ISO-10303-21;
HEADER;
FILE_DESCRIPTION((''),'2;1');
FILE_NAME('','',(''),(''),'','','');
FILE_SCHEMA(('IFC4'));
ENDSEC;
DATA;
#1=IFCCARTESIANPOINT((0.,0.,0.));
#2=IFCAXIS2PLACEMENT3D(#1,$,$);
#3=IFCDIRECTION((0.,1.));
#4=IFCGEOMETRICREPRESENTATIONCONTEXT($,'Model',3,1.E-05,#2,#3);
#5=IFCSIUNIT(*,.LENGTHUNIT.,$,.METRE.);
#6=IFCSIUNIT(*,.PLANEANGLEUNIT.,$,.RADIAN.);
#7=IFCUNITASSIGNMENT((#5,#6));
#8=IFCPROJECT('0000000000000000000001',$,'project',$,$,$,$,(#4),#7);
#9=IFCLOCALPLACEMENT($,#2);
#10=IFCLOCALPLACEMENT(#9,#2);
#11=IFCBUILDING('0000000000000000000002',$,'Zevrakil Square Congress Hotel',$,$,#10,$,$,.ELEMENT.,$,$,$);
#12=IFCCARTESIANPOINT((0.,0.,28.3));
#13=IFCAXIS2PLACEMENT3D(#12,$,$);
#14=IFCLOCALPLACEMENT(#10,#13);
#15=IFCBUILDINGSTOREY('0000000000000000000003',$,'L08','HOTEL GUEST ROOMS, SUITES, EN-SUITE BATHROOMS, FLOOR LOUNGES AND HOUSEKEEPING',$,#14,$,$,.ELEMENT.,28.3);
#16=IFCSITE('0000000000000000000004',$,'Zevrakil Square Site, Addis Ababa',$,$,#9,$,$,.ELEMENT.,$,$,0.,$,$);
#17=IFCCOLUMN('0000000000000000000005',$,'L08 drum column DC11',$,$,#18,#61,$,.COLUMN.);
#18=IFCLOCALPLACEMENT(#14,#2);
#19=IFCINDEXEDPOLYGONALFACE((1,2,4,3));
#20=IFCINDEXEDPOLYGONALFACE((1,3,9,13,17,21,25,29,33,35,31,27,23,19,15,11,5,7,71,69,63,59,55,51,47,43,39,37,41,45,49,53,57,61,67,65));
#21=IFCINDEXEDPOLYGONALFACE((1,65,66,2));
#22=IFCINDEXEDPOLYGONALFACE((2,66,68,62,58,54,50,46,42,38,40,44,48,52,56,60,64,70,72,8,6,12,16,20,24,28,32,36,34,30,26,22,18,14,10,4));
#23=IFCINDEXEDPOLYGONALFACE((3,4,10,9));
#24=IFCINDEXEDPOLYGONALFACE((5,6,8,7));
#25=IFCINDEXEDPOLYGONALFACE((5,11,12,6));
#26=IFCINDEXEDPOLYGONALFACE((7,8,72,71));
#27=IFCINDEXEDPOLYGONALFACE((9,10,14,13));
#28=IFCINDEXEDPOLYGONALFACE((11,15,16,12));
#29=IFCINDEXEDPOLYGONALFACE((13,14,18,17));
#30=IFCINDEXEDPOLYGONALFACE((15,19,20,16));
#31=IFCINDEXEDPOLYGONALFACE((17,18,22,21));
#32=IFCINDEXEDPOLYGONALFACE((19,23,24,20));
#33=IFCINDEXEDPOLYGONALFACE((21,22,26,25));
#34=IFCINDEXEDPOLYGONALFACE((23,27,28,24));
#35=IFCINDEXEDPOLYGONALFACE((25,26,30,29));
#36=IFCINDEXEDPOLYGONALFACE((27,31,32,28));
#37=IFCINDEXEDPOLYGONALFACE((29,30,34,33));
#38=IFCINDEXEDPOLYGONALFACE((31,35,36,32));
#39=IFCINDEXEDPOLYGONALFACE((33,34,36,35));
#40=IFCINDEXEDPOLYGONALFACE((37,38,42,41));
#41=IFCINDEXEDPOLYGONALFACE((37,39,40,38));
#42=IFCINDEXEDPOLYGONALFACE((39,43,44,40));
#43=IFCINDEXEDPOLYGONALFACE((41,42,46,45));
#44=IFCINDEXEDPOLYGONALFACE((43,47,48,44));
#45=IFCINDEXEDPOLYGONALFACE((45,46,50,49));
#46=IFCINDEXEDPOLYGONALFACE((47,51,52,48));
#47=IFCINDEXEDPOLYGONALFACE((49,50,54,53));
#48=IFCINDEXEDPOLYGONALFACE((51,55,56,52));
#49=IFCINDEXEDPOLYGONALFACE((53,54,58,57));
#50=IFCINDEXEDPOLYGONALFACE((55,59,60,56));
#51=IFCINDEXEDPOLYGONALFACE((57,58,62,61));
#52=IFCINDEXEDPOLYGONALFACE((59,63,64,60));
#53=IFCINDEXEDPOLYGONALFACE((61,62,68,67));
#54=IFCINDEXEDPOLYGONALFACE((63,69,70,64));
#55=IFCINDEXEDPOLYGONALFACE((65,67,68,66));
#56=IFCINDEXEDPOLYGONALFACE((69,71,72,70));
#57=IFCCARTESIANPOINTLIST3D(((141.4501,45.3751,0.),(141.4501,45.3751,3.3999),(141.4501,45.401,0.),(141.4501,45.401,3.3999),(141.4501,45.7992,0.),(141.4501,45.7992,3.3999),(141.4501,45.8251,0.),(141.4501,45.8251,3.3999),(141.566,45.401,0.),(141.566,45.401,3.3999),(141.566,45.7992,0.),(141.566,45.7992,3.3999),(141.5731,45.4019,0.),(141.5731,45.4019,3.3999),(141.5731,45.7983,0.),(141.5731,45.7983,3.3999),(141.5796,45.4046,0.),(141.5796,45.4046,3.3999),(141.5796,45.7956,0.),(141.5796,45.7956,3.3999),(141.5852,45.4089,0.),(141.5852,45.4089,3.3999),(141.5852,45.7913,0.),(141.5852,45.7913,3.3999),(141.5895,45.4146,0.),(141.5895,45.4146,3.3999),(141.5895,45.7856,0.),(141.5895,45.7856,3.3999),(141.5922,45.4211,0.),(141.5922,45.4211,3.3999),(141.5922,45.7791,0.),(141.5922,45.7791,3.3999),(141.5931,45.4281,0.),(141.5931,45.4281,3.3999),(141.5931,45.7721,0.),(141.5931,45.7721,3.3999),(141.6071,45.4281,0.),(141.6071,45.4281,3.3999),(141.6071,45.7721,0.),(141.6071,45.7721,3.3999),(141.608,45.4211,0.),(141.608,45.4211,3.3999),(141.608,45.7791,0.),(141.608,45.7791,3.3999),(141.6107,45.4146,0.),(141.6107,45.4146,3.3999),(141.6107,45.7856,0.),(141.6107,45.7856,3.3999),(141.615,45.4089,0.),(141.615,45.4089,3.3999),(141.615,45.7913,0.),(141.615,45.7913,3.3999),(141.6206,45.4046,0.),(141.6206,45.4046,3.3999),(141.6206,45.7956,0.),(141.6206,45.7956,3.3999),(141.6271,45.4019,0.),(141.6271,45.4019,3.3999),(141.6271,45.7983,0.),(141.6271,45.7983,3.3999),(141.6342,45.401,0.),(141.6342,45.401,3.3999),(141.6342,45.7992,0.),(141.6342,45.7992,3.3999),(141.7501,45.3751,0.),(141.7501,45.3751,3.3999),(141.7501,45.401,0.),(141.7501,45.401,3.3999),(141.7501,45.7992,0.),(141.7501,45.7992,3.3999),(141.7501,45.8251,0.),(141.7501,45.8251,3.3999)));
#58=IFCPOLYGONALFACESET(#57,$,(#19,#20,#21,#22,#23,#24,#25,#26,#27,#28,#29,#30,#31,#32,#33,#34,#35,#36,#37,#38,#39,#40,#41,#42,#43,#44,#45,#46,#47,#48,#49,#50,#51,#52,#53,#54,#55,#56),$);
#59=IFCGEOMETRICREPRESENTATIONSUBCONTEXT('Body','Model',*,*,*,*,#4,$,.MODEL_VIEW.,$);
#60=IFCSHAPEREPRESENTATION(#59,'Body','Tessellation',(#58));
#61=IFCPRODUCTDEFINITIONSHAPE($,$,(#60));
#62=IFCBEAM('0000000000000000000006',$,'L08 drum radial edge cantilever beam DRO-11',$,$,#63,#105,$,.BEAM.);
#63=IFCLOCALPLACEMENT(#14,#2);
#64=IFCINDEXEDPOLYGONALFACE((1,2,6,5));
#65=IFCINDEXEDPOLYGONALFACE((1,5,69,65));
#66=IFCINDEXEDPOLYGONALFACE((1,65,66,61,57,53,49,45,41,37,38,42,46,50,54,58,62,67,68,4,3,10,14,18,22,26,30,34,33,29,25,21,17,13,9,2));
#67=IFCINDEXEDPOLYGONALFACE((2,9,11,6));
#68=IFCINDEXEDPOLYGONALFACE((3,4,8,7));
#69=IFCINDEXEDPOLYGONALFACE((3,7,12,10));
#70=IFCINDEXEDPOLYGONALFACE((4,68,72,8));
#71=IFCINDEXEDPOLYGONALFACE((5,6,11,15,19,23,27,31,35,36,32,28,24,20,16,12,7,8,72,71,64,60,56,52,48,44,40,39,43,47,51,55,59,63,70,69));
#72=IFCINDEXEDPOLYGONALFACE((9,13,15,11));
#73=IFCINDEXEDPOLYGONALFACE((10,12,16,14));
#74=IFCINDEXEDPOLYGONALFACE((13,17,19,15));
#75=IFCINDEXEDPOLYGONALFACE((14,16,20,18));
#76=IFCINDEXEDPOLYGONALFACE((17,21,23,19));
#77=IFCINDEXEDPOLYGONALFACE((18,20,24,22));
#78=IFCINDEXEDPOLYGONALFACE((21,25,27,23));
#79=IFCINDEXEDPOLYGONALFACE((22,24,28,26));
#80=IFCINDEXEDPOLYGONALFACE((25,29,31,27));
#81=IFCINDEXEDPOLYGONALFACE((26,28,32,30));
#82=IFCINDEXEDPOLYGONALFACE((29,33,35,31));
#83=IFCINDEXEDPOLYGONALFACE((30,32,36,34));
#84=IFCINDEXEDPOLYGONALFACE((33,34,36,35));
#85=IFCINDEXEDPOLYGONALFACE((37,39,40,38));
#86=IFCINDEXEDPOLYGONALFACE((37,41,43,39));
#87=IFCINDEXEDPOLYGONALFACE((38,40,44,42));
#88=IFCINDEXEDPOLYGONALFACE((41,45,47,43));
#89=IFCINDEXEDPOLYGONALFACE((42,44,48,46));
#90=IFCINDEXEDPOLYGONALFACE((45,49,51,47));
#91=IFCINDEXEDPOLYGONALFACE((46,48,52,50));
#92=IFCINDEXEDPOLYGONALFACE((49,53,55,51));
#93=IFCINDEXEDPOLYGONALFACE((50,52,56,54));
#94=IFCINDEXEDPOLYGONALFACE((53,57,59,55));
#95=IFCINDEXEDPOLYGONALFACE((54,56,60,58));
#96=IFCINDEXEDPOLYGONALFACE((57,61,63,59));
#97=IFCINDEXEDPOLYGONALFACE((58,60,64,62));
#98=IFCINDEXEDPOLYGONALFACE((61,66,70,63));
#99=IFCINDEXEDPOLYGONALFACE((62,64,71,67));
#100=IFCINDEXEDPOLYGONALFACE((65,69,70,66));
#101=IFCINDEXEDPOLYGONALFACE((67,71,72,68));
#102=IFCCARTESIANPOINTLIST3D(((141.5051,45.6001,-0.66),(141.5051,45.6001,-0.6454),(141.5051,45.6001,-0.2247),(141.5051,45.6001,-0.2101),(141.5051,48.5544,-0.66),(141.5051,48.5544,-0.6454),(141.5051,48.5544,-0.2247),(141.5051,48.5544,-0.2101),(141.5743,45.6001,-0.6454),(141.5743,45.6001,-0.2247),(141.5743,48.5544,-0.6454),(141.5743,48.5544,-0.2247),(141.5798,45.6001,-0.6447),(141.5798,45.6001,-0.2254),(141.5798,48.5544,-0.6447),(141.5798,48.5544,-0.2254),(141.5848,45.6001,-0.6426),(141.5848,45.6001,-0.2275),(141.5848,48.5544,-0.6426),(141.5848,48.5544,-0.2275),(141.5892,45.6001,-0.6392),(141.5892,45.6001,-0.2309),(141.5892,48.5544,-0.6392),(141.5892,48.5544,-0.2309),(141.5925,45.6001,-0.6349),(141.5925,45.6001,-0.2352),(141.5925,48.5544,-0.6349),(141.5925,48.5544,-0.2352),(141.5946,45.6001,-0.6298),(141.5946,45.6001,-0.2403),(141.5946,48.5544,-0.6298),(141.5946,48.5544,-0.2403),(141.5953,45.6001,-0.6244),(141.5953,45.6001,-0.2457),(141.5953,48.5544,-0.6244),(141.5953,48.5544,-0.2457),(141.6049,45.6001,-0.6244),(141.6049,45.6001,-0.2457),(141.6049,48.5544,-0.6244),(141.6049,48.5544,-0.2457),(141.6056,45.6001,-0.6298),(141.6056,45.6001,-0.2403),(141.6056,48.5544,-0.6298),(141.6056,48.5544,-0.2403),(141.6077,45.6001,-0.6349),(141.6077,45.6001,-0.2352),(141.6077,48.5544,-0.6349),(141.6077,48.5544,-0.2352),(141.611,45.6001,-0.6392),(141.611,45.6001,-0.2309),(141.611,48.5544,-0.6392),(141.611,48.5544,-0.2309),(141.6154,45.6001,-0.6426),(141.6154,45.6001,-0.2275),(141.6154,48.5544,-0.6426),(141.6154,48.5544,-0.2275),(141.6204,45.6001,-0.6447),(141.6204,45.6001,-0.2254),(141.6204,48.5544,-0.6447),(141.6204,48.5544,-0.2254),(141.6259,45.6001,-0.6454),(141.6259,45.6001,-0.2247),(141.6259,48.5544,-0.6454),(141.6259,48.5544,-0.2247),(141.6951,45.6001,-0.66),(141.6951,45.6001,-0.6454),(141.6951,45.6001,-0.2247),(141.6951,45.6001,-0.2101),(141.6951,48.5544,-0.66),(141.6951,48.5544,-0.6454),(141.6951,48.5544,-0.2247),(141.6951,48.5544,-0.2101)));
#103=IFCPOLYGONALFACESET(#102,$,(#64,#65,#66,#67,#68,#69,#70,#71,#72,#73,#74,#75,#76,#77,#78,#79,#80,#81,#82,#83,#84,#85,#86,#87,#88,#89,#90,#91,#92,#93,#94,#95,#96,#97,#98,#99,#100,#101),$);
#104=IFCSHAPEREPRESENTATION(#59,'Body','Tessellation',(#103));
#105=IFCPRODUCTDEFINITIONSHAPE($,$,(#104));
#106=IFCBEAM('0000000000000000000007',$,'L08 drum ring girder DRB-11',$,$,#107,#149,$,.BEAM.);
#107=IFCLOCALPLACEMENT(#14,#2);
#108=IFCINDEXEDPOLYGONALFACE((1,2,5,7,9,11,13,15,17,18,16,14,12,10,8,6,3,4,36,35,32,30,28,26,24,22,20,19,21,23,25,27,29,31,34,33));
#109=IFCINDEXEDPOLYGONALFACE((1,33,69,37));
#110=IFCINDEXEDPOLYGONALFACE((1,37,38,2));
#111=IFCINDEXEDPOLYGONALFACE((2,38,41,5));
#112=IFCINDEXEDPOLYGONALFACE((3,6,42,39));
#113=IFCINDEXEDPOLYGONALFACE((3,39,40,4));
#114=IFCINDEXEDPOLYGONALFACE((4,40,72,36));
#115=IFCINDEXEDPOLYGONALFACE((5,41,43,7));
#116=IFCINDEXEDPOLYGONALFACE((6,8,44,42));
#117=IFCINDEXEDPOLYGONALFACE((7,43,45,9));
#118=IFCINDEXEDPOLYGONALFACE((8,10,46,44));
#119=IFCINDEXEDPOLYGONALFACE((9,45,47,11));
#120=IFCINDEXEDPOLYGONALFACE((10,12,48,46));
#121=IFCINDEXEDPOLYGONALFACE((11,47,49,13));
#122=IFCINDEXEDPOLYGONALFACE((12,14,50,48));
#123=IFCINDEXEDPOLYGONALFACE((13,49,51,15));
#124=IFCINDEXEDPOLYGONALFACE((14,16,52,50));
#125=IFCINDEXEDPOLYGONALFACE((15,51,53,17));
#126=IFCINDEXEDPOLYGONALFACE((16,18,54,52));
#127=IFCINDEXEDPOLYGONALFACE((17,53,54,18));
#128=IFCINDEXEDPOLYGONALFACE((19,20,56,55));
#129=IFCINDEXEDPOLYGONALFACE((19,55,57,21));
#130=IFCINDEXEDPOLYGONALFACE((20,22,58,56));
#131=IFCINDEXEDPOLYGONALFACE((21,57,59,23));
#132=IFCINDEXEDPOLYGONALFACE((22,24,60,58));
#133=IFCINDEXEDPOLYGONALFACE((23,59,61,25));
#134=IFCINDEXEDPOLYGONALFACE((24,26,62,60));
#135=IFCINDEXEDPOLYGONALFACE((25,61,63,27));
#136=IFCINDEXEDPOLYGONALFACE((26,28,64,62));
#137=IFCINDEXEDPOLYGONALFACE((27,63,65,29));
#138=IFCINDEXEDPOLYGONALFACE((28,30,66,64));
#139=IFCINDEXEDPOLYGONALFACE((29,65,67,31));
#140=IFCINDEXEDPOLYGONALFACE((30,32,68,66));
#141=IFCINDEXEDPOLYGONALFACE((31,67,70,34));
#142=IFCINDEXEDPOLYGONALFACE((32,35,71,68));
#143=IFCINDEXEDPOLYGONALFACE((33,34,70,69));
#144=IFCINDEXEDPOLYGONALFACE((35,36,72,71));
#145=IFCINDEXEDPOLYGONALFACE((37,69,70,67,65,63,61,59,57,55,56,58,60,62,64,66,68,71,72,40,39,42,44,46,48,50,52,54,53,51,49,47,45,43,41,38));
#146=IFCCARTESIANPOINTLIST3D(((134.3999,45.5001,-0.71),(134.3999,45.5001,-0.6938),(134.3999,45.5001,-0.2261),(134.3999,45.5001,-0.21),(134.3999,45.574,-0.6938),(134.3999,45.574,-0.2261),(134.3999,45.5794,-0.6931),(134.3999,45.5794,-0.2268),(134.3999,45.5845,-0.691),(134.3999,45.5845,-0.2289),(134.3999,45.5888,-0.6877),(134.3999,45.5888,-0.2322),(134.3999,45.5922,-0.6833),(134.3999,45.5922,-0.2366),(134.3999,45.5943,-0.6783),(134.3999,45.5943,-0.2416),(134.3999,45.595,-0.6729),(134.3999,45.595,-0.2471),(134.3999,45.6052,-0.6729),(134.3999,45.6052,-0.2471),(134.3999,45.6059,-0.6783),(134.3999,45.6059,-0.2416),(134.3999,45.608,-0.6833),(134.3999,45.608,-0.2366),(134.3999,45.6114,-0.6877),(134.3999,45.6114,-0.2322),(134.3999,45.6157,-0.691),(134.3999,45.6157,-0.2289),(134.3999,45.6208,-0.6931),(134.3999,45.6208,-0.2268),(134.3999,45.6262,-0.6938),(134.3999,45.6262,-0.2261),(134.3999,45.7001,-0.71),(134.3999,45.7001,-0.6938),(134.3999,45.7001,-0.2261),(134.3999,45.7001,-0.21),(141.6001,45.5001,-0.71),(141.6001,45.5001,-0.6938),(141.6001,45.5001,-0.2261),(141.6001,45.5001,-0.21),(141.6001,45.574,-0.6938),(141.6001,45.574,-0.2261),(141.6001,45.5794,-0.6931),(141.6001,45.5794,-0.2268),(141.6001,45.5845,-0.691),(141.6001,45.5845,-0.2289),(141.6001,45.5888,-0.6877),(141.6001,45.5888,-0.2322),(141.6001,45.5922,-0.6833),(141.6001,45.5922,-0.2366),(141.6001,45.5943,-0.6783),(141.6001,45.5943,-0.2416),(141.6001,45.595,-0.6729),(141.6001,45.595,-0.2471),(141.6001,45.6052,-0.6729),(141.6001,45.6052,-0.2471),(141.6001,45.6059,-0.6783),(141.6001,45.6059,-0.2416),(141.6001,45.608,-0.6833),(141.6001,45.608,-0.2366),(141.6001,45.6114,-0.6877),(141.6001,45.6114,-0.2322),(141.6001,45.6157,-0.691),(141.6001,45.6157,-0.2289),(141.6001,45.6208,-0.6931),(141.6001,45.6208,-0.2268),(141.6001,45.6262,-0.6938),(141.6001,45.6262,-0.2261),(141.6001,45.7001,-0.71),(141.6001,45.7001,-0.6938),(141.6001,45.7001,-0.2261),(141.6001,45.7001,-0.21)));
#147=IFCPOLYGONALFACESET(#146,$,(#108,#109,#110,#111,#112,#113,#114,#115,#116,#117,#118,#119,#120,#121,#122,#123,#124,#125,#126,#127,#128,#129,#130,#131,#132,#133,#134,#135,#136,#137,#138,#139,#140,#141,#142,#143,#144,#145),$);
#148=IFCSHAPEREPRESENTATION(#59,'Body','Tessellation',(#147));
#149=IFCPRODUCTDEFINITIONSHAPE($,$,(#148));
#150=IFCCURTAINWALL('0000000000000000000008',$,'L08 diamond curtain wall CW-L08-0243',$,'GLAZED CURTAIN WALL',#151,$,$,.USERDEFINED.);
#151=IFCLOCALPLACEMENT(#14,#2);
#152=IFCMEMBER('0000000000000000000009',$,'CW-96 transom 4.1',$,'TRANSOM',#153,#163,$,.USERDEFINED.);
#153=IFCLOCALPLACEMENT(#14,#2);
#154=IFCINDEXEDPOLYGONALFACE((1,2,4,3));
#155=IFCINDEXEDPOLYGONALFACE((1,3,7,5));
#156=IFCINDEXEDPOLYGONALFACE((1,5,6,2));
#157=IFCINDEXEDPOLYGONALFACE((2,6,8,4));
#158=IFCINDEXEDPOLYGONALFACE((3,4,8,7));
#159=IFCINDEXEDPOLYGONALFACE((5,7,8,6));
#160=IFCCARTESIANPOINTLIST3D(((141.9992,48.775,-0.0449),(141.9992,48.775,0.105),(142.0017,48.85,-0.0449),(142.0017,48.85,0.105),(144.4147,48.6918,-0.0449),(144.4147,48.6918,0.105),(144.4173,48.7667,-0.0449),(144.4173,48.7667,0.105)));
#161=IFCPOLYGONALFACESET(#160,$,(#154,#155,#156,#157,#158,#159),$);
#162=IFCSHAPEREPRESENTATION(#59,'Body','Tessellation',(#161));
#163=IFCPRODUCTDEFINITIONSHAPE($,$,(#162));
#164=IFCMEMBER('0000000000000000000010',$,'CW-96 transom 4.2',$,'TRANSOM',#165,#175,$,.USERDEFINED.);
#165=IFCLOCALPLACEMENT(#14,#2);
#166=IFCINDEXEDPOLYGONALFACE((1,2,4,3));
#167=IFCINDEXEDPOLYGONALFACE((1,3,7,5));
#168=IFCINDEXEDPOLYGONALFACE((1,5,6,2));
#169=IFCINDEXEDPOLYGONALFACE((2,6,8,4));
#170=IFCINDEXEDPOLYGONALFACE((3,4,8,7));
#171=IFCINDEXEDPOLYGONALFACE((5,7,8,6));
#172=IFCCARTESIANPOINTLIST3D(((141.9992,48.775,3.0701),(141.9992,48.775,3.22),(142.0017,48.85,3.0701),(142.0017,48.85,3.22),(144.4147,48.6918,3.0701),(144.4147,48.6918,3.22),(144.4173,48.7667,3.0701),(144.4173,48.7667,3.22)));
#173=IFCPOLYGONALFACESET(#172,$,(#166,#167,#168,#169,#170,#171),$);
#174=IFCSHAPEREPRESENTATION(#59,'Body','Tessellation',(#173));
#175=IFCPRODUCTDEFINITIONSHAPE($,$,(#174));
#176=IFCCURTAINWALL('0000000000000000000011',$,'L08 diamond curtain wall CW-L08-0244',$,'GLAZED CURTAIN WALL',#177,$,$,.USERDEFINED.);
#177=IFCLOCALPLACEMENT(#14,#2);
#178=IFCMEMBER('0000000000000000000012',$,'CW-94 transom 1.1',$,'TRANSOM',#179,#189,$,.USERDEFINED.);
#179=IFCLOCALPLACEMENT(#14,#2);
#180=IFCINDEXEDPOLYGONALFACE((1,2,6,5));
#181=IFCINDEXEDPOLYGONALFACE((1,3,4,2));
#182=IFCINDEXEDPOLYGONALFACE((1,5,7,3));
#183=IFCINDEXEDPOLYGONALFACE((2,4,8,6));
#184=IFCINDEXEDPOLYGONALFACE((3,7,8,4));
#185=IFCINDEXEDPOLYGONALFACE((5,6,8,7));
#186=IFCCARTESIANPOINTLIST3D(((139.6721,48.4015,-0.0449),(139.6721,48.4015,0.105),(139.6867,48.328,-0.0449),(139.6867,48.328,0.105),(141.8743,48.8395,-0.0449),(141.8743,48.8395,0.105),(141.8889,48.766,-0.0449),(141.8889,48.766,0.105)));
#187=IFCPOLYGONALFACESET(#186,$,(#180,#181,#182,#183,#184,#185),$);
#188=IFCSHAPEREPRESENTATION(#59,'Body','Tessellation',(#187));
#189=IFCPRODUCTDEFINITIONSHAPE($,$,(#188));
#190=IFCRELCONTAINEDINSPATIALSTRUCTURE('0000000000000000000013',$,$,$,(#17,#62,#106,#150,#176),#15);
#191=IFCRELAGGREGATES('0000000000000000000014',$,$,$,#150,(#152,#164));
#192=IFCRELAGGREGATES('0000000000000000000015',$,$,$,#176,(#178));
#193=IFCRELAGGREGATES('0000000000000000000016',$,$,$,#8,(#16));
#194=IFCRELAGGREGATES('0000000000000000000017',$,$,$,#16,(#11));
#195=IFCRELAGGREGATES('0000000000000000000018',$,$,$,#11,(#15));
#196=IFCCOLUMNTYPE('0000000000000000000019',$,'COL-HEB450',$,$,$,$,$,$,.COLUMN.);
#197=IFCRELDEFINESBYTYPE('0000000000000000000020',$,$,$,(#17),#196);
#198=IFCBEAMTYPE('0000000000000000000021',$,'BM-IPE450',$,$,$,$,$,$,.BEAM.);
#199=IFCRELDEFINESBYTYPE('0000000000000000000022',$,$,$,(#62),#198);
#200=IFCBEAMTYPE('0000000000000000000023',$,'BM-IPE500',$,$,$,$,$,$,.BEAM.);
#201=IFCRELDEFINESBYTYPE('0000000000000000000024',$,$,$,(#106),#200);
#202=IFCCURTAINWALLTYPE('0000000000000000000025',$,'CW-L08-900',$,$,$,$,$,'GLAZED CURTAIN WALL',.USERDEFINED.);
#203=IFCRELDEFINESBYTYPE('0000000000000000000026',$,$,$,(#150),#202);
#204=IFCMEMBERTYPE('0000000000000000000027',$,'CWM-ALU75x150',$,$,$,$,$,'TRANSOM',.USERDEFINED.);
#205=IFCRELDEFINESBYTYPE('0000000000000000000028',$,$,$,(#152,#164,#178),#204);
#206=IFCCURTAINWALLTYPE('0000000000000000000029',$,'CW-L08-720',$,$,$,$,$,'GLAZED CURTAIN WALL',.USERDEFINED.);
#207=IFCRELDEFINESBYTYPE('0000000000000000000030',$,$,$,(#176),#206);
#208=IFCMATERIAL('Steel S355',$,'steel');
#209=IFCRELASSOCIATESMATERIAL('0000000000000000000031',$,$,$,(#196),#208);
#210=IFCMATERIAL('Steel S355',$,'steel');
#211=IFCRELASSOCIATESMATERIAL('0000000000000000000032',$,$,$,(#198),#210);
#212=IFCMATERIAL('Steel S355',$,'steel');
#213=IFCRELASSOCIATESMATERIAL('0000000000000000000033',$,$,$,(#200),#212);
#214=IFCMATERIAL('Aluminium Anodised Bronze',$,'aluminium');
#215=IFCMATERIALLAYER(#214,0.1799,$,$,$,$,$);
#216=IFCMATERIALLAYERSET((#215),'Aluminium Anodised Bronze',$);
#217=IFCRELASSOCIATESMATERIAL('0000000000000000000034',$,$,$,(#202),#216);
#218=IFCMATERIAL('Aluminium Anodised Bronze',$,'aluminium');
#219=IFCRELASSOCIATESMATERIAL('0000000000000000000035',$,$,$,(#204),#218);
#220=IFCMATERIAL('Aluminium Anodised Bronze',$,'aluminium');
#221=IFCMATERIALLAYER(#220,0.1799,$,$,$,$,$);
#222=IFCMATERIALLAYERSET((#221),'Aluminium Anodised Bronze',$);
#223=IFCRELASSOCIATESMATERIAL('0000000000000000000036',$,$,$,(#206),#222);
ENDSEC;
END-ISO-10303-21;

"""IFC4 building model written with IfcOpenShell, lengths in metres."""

from ifc_helpers import new_model, si_unit, direction, frame, origin, origin_2d, place, context, subcontext, project, spatial, rectangle, i_section, extrude, material, layer, layer_set, material_profile, profile_set, type_object, element, aggregate, save


model = new_model("IFC4")

# Units and contexts
model_context = context("Model", 3, precision=1e-05, world=origin(), true_north=direction((0.0, 1.0)))
body_context = subcontext(model_context, "Body", "Model", "MODEL_VIEW")
ifc_project = project(units=[si_unit("LENGTHUNIT", "METRE"), si_unit("PLANEANGLEUNIT", "RADIAN")], contexts=[model_context])

# Site, building, storey
site_placement = place(None, origin())
site = spatial("IfcSite", under=ifc_project, at=site_placement, Name="Zevrakil Square Site, Addis Ababa", CompositionType="ELEMENT", RefElevation=0.0)
building_placement = place(site_placement, origin())
building = spatial("IfcBuilding", under=site, at=building_placement, Name="Zevrakil Square Congress Hotel", CompositionType="ELEMENT")
storey_placement = place(building_placement, frame((0.0, 0.0, 28.3)))
storey = spatial("IfcBuildingStorey", under=building, at=storey_placement, Name="L08", Description="HOTEL GUEST ROOMS, SUITES, EN-SUITE BATHROOMS, FLOOR LOUNGES AND HOUSEKEEPING", CompositionType="ELEMENT", Elevation=28.3)

# Column
ifc_material_1 = material(Name="Steel S355", Category="steel")
ifc_material_profile_1 = material_profile(ifc_material_1, i_section(OverallWidth=0.3, OverallDepth=0.45, WebThickness=0.0139, FlangeThickness=0.0259, FilletRadius=0.0271, at=origin_2d()), Name="HEB 450")
ifc_profile_set_1 = profile_set([ifc_material_profile_1], Name="Steel S355")
column_type = type_object("IfcColumnType", Name="COL-HEB450", PredefinedType="COLUMN", material=ifc_profile_set_1)
column_placement = place(storey_placement, frame((141.6001, 45.6001, 0.0), z_axis=(0.0, 0.0, 1.0), x_axis=(1.0, 0.0, 0.0)))
element("IfcColumn", 1, at=column_placement, inside=storey, type_object=column_type, Name="L08 drum column DC11", PredefinedType="COLUMN", context=body_context, shape_type="SweptSolid", body=[
    extrude(i_section(OverallWidth=0.3, OverallDepth=0.45, WebThickness=0.0139, FlangeThickness=0.0259, FilletRadius=0.0271, at=origin_2d()), origin(), (0.0, 0.0, 1.0), 3.3999),
])

# Beams
ifc_material_2 = material(Name="Steel S355", Category="steel")
ifc_material_profile_2 = material_profile(ifc_material_2, i_section(OverallWidth=0.1899, OverallDepth=0.45, WebThickness=0.0095, FlangeThickness=0.0146, FilletRadius=0.021, at=origin_2d()), Name="IPE 450")
ifc_profile_set_2 = profile_set([ifc_material_profile_2], Name="Steel S355")
beam_type_1 = type_object("IfcBeamType", Name="BM-IPE450", PredefinedType="BEAM", material=ifc_profile_set_2)
beam_1_placement = place(storey_placement, frame((141.6001, 45.6001, -0.4351), z_axis=(0.0, 1.0, 0.0), x_axis=(-1.0, 0.0, 0.0)))
element("IfcBeam", 2, at=beam_1_placement, inside=storey, type_object=beam_type_1, Name="L08 drum radial edge cantilever beam DRO-11", PredefinedType="BEAM", context=body_context, shape_type="SweptSolid", body=[
    extrude(i_section(OverallWidth=0.1899, OverallDepth=0.45, WebThickness=0.0095, FlangeThickness=0.0146, FilletRadius=0.021, at=origin_2d()), origin(), (0.0, 0.0, 1.0), 2.9543),
])
ifc_material_3 = material(Name="Steel S355", Category="steel")
ifc_material_profile_3 = material_profile(ifc_material_3, i_section(OverallWidth=0.2, OverallDepth=0.5, WebThickness=0.0103, FlangeThickness=0.0161, FilletRadius=0.021, at=origin_2d()), Name="IPE 500")
ifc_profile_set_3 = profile_set([ifc_material_profile_3], Name="Steel S355")
beam_type_2 = type_object("IfcBeamType", Name="BM-IPE500", PredefinedType="BEAM", material=ifc_profile_set_3)
beam_2_placement = place(storey_placement, frame((141.6001, 45.6001, -0.46), z_axis=(-1.0, 0.0, 0.0), x_axis=(0.0, -1.0, 0.0)))
element("IfcBeam", 3, at=beam_2_placement, inside=storey, type_object=beam_type_2, Name="L08 drum ring girder DRB-11", PredefinedType="BEAM", context=body_context, shape_type="SweptSolid", body=[
    extrude(i_section(OverallWidth=0.2, OverallDepth=0.5, WebThickness=0.0103, FlangeThickness=0.0161, FilletRadius=0.021, at=origin_2d()), origin(), (0.0, 0.0, 1.0), 7.2002),
])

# Curtain walls, members
ifc_material_4 = material(Name="Aluminium Anodised Bronze", Category="aluminium")
ifc_layer_1 = layer(ifc_material_4, 0.1799)
ifc_layer_set_1 = layer_set([ifc_layer_1], Name="Aluminium Anodised Bronze")
curtain_wall_type_1 = type_object("IfcCurtainWallType", Name="CW-L08-900", ElementType="GLAZED CURTAIN WALL", PredefinedType="USERDEFINED", material=ifc_layer_set_1)
curtain_wall_1_placement = place(storey_placement, origin())
curtain_wall_1 = element("IfcCurtainWall", 4, at=curtain_wall_1_placement, inside=storey, type_object=curtain_wall_type_1, Name="L08 diamond curtain wall CW-L08-0243", ObjectType="GLAZED CURTAIN WALL", PredefinedType="USERDEFINED")
ifc_material_5 = material(Name="Aluminium Anodised Bronze", Category="aluminium")
ifc_material_profile_4 = material_profile(ifc_material_5, rectangle(XDim=0.075, YDim=0.1499, at=origin_2d()), Name="ALU 75x150")
ifc_profile_set_4 = profile_set([ifc_material_profile_4], Name="Aluminium Anodised Bronze")
member_type_1 = type_object("IfcMemberType", Name="CWM-ALU75x150", ElementType="TRANSOM", PredefinedType="USERDEFINED", material=ifc_profile_set_4)
member_1_placement = place(storey_placement, frame((144.416, 48.7292, 0.03), z_axis=(-0.999407, 0.034445, 0.0), x_axis=(-0.034445, -0.999407, 0.0)))
member_1 = element("IfcMember", 5, at=member_1_placement, type_object=member_type_1, Name="CW-96 transom 4.1", ObjectType="TRANSOM", PredefinedType="USERDEFINED", context=body_context, shape_type="SweptSolid", body=[
    extrude(rectangle(XDim=0.075, YDim=0.1499, at=origin_2d()), origin(), (0.0, 0.0, 1.0), 2.417),
])
member_2_placement = place(storey_placement, frame((144.416, 48.7292, 3.145), z_axis=(-0.999407, 0.034445, 0.0), x_axis=(-0.034445, -0.999407, 0.0)))
member_2 = element("IfcMember", 6, at=member_2_placement, type_object=member_type_1, Name="CW-96 transom 4.2", ObjectType="TRANSOM", PredefinedType="USERDEFINED", context=body_context, shape_type="SweptSolid", body=[
    extrude(rectangle(XDim=0.075, YDim=0.1499, at=origin_2d()), origin(), (0.0, 0.0, 1.0), 2.417),
])
ifc_material_6 = material(Name="Aluminium Anodised Bronze", Category="aluminium")
ifc_layer_2 = layer(ifc_material_6, 0.1799)
ifc_layer_set_2 = layer_set([ifc_layer_2], Name="Aluminium Anodised Bronze")
curtain_wall_type_2 = type_object("IfcCurtainWallType", Name="CW-L08-720", ElementType="GLAZED CURTAIN WALL", PredefinedType="USERDEFINED", material=ifc_layer_set_2)
curtain_wall_2_placement = place(storey_placement, origin())
curtain_wall_2 = element("IfcCurtainWall", 7, at=curtain_wall_2_placement, inside=storey, type_object=curtain_wall_type_2, Name="L08 diamond curtain wall CW-L08-0244", ObjectType="GLAZED CURTAIN WALL", PredefinedType="USERDEFINED")
member_3_placement = place(storey_placement, frame((141.8816, 48.8027, 0.03), z_axis=(-0.980789, -0.19507, 0.0), x_axis=(0.19507, -0.980789, 0.0)))
member_3 = element("IfcMember", 8, at=member_3_placement, type_object=member_type_1, Name="CW-94 transom 1.1", ObjectType="TRANSOM", PredefinedType="USERDEFINED", context=body_context, shape_type="SweptSolid", body=[
    extrude(rectangle(XDim=0.075, YDim=0.1499, at=origin_2d()), origin(), (0.0, 0.0, 1.0), 2.2454),
])

aggregate(curtain_wall_1, [member_1, member_2])
aggregate(curtain_wall_2, [member_3])

save(model, "model.ifc")
